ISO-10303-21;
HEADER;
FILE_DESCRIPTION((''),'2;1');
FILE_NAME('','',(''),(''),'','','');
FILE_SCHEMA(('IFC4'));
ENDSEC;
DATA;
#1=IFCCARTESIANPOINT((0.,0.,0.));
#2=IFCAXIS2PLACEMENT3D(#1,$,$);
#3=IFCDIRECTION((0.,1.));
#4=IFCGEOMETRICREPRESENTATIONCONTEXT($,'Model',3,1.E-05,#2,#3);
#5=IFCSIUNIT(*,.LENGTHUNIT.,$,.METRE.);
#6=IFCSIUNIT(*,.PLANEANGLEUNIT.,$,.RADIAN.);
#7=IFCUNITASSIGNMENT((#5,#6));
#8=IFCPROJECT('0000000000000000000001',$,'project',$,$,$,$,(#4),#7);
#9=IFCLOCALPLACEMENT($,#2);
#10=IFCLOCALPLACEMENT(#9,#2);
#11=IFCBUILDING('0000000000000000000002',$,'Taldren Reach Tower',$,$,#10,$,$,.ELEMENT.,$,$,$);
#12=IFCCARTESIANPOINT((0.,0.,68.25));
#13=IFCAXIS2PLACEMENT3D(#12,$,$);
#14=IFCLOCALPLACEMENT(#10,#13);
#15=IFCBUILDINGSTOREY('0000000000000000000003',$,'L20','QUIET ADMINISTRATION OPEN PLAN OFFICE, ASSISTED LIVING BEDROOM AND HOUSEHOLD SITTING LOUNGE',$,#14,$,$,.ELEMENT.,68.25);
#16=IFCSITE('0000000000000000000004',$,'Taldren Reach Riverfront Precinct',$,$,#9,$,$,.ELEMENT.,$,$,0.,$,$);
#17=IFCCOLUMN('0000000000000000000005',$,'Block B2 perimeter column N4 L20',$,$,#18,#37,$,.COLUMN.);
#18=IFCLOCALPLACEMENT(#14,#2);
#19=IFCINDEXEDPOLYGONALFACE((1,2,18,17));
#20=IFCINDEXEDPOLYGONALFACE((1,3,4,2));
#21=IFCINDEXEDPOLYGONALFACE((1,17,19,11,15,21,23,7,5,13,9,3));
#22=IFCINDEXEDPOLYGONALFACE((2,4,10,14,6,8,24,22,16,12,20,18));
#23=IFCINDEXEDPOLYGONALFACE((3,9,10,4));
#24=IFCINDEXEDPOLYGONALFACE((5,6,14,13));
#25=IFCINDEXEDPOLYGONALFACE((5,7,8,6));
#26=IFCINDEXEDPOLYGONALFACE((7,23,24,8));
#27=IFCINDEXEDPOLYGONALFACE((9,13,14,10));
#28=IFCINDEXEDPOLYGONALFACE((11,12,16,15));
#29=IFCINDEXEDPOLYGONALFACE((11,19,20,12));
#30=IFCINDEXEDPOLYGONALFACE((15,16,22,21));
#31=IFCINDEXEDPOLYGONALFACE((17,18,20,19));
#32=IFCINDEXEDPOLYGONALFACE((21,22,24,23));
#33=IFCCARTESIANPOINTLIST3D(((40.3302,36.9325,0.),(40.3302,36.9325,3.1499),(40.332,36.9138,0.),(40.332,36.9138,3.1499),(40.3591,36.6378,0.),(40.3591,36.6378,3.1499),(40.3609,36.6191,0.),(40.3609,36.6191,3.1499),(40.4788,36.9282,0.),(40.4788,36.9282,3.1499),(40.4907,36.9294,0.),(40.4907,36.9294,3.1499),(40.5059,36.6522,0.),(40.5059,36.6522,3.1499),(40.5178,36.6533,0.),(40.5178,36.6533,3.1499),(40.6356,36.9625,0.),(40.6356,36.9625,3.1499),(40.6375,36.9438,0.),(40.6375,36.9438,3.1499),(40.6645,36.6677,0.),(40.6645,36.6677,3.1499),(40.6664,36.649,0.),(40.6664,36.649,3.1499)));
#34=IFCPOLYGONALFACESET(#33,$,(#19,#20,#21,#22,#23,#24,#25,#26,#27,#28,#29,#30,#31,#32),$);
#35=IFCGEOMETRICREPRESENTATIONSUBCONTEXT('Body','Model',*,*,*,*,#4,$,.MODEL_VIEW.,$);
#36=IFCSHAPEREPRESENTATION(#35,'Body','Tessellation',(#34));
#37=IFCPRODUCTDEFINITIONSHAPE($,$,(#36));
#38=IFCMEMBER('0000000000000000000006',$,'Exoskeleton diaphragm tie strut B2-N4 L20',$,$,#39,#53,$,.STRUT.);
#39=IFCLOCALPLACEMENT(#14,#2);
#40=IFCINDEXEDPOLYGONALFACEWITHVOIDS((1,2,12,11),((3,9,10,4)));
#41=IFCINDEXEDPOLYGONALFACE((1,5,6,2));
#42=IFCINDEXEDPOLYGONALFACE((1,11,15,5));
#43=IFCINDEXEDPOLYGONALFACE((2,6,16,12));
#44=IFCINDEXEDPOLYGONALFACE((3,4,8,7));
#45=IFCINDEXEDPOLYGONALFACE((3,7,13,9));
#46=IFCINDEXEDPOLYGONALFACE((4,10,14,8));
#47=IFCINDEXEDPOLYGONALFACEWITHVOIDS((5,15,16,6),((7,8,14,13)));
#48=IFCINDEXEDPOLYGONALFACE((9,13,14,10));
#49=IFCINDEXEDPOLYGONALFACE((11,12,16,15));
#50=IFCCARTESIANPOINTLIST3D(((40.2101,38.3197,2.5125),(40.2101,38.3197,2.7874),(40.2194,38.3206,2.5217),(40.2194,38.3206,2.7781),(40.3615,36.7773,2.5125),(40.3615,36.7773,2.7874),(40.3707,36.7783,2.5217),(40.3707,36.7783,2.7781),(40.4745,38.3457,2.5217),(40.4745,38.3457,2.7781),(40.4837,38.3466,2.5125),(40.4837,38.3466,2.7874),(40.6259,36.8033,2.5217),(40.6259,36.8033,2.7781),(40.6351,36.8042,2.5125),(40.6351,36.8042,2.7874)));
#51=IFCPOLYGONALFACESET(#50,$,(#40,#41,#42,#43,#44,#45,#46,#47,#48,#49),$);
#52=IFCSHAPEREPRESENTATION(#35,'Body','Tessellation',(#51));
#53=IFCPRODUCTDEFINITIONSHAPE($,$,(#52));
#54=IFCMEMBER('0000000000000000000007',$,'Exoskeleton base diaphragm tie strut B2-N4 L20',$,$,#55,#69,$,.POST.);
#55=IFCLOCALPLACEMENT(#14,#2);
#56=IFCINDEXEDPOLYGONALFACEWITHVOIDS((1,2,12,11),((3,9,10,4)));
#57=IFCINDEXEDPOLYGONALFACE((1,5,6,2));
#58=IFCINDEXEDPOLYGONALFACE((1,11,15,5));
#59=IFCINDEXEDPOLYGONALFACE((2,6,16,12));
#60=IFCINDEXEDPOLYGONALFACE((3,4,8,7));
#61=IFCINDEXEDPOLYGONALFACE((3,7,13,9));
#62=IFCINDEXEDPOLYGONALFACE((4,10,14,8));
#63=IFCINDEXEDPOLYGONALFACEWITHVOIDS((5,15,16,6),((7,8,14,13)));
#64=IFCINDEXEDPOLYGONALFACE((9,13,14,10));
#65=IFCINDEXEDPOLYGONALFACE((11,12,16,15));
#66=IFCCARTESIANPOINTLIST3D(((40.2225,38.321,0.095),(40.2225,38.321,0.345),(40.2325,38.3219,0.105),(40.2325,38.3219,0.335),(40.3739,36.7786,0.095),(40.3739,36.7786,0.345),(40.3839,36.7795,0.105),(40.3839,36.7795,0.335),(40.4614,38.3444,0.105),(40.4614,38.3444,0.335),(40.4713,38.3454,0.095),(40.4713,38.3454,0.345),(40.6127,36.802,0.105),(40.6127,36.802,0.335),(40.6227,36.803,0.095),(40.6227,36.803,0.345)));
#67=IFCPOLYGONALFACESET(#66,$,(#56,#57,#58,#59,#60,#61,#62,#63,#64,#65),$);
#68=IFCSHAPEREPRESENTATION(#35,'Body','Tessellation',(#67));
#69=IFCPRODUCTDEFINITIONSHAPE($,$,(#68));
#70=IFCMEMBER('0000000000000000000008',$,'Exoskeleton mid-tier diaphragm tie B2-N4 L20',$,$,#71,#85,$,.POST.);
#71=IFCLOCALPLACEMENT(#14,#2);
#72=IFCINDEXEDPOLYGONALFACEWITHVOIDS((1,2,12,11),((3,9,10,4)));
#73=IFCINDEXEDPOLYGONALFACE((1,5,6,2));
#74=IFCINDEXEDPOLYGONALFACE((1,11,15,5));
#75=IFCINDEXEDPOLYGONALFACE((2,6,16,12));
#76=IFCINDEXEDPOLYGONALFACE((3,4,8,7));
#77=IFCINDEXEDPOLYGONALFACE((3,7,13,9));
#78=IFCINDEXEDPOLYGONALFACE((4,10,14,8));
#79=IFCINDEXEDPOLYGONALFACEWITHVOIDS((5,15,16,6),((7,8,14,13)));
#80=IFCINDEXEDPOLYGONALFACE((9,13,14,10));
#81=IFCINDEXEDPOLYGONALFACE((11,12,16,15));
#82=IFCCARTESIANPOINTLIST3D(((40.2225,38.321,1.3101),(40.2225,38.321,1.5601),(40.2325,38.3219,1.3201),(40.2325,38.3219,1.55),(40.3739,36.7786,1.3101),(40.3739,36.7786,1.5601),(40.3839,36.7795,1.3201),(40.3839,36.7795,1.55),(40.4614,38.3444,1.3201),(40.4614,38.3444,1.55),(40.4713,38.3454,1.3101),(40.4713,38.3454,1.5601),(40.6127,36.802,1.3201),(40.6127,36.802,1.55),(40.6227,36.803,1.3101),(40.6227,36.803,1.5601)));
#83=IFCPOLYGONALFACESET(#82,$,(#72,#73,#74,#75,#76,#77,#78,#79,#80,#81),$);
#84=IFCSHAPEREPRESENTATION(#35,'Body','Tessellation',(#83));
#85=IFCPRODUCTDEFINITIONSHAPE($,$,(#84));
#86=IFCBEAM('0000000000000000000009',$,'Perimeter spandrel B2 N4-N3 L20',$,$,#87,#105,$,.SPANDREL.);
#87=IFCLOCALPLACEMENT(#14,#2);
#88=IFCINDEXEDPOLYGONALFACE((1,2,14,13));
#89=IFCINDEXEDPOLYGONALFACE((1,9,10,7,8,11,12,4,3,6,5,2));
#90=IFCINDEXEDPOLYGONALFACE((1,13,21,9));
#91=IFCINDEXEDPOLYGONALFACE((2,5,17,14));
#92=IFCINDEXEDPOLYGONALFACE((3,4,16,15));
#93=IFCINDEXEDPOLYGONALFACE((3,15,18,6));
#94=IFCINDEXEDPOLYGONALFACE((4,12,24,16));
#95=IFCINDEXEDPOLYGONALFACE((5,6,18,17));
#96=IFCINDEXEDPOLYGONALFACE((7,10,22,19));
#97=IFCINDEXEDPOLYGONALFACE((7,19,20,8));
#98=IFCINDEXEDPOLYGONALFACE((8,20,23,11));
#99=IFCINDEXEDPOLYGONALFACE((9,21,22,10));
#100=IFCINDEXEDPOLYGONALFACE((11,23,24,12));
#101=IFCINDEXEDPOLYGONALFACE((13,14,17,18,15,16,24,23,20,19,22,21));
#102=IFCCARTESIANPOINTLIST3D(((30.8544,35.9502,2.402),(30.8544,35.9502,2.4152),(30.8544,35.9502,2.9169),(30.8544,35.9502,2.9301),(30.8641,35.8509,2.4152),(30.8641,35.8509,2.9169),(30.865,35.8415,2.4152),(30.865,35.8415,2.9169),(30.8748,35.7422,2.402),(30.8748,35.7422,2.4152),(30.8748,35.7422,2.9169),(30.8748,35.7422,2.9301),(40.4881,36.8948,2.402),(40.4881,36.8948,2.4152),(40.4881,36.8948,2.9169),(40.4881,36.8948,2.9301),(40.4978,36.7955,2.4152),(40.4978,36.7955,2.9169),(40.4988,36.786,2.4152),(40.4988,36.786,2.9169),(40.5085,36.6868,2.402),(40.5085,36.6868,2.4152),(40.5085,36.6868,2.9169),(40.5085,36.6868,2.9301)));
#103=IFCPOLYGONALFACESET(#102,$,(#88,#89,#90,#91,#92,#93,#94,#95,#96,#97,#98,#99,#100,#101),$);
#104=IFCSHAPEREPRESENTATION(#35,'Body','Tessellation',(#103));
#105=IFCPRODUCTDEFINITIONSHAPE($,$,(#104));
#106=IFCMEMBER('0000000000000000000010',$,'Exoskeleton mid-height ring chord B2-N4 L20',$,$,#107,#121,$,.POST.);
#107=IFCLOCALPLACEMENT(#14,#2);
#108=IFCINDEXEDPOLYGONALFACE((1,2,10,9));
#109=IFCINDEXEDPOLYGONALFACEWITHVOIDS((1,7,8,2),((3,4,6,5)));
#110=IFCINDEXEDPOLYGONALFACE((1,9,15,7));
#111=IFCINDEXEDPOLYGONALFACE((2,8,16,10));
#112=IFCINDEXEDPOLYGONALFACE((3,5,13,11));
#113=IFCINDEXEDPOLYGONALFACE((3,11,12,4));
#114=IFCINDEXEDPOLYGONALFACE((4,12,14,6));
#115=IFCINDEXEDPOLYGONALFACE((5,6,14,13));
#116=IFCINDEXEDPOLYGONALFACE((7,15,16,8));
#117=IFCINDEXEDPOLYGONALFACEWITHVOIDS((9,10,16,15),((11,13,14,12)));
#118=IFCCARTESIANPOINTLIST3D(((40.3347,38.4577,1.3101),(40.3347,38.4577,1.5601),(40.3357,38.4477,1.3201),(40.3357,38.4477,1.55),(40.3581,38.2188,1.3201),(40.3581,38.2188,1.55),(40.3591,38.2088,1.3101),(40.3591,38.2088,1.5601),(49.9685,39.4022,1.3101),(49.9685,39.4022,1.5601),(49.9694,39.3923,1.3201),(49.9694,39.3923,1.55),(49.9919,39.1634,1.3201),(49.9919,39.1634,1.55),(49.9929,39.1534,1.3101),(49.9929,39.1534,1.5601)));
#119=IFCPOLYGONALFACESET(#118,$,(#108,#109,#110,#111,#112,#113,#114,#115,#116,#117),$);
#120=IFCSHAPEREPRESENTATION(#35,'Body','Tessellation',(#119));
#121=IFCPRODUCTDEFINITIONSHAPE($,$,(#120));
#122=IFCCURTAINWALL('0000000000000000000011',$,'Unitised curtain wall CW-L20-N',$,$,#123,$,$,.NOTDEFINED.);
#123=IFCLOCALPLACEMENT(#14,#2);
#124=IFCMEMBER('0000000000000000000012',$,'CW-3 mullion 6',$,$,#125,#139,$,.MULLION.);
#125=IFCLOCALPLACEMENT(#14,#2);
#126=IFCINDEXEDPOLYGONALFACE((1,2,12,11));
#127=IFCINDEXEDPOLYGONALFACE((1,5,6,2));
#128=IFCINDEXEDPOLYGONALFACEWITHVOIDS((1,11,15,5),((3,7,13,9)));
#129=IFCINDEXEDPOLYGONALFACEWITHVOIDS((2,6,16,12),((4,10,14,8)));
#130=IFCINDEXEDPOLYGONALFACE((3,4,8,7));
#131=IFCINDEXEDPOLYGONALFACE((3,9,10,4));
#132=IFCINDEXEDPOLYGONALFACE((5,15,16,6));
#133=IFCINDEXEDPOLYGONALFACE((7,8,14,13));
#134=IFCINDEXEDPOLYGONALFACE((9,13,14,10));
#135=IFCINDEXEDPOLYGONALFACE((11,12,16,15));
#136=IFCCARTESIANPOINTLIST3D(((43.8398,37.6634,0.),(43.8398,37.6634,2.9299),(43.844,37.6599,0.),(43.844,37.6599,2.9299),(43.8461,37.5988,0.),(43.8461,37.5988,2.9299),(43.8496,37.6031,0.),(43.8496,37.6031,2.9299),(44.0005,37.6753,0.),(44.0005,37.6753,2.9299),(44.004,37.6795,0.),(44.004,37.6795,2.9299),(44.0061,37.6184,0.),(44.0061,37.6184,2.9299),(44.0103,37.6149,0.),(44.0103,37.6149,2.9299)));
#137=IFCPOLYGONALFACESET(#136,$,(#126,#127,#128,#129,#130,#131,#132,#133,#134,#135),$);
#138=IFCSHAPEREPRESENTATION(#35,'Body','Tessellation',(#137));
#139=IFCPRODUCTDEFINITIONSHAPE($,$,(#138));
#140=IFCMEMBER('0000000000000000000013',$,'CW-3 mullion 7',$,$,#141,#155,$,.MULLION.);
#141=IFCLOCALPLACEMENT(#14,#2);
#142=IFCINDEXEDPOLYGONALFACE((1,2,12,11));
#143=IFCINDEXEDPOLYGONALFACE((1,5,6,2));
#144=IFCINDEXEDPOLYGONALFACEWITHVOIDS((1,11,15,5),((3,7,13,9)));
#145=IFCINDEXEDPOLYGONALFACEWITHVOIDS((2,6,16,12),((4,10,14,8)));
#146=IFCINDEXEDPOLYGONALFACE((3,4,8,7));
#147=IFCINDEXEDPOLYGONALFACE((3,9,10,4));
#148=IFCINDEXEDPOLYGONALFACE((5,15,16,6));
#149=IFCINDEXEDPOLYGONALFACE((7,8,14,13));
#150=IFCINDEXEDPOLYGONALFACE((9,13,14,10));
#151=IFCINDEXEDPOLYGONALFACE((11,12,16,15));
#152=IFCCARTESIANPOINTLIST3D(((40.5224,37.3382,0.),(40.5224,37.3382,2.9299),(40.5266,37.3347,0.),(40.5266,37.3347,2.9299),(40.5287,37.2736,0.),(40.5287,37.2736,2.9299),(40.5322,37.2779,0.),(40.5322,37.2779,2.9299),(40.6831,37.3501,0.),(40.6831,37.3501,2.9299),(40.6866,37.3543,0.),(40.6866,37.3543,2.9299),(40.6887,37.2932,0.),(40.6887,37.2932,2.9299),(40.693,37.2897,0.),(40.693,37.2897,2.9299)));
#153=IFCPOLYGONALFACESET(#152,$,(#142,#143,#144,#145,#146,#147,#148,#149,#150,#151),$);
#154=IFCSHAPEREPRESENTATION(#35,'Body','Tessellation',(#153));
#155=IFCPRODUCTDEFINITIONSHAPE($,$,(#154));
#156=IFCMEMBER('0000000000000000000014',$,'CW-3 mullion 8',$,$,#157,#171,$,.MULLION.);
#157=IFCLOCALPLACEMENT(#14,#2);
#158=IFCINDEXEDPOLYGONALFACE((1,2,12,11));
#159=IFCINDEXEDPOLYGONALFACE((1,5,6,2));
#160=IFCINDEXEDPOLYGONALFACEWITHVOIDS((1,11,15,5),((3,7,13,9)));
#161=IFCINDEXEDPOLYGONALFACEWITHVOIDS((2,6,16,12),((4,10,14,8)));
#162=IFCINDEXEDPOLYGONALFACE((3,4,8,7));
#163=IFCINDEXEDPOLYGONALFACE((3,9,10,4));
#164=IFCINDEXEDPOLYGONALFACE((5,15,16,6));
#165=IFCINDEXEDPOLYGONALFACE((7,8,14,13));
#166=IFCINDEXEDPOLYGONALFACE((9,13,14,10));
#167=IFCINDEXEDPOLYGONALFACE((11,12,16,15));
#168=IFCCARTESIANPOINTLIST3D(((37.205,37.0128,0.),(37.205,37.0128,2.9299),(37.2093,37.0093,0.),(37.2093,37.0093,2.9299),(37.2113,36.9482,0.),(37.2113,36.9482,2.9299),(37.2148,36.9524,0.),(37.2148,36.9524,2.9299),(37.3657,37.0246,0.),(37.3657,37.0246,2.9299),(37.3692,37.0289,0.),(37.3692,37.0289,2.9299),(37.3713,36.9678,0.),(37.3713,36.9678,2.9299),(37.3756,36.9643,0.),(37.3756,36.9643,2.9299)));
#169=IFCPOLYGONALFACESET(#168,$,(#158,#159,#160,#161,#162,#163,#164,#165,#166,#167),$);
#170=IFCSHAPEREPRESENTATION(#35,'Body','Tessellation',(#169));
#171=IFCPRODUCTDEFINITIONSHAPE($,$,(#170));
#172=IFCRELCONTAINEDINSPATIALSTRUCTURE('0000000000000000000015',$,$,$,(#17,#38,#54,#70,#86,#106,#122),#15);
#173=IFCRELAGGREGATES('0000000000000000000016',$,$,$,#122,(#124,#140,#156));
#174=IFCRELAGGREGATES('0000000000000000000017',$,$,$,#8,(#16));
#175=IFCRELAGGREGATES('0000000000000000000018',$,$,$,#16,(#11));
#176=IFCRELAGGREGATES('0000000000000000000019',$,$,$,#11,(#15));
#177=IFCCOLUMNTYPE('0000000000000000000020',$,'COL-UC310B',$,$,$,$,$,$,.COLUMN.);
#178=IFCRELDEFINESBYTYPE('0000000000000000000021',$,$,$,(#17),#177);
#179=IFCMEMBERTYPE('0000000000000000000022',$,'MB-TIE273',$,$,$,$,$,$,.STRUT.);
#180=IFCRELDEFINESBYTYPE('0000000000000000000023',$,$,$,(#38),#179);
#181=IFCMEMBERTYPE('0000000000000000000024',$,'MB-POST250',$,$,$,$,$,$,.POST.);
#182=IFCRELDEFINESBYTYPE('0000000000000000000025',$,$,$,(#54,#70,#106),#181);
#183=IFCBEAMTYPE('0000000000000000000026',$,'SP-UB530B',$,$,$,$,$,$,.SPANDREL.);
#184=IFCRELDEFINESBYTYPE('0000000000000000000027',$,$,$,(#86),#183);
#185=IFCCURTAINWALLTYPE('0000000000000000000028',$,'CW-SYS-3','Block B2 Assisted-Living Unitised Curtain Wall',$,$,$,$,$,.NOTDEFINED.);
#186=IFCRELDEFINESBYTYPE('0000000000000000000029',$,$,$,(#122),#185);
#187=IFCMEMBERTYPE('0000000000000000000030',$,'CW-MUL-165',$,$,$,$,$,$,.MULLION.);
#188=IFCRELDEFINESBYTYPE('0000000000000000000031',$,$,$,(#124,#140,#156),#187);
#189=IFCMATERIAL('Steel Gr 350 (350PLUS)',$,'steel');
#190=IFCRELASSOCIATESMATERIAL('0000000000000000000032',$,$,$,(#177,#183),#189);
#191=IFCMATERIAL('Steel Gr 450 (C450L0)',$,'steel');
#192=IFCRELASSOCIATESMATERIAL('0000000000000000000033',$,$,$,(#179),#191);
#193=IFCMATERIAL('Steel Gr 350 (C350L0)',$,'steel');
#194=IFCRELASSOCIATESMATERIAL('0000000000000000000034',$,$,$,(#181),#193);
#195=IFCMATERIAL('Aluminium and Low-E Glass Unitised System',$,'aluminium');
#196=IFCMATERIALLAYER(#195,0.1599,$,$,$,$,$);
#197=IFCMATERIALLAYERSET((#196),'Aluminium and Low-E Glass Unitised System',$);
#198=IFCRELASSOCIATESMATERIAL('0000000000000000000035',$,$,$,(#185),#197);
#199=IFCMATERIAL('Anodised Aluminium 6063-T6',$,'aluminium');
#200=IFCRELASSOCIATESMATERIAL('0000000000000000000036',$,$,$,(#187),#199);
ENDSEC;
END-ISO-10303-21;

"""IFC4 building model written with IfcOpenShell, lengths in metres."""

from ifc_helpers import new_model, si_unit, direction, frame, origin, origin_2d, place, context, subcontext, project, spatial, hollow_rectangle, i_section, extrude, source, transform, mapped, material, layer, layer_set, material_profile, profile_set, type_object, element, aggregate, save


model = new_model("IFC4")

# Units and contexts
model_context = context("Model", 3, precision=1e-05, world=origin(), true_north=direction((0.0, 1.0)))
body_context = subcontext(model_context, "Body", "Model", "MODEL_VIEW")
ifc_project = project(units=[si_unit("LENGTHUNIT", "METRE"), si_unit("PLANEANGLEUNIT", "RADIAN")], contexts=[model_context])

# Site, building, storey
site_placement = place(None, origin())
site = spatial("IfcSite", under=ifc_project, at=site_placement, Name="Taldren Reach Riverfront Precinct", CompositionType="ELEMENT", RefElevation=0.0)
building_placement = place(site_placement, origin())
building = spatial("IfcBuilding", under=site, at=building_placement, Name="Taldren Reach Tower", CompositionType="ELEMENT")
storey_placement = place(building_placement, frame((0.0, 0.0, 68.25)))
storey = spatial("IfcBuildingStorey", under=building, at=storey_placement, Name="L20", Description="QUIET ADMINISTRATION OPEN PLAN OFFICE, ASSISTED LIVING BEDROOM AND HOUSEHOLD SITTING LOUNGE", CompositionType="ELEMENT", Elevation=68.25)

# Column
ifc_material_1 = material(Name="Steel Gr 350 (350PLUS)", Category="steel")
ifc_material_profile_1 = material_profile(ifc_material_1, i_section(OverallWidth=0.3069, OverallDepth=0.3149, WebThickness=0.012, FlangeThickness=0.0188, at=origin_2d()), Name="310UC118")
ifc_profile_set_1 = profile_set([ifc_material_profile_1], Name="Steel Gr 350 (350PLUS)")
column_type = type_object("IfcColumnType", Name="COL-UC310B", PredefinedType="COLUMN", material=ifc_profile_set_1)
shared_shape_1 = source(origin(), body_context, "Body", "SweptSolid", [
    extrude(i_section(OverallWidth=0.3069, OverallDepth=0.3149, WebThickness=0.012, FlangeThickness=0.0188, at=origin_2d()), origin(), (0.0, 0.0, 1.0), 3.1499),
])
column_placement = place(storey_placement, frame((40.4983, 36.7908, 0.0), z_axis=(0.0, 0.0, 1.0), x_axis=(0.995227, 0.097583, 0.0)))
element("IfcColumn", 1, at=column_placement, inside=storey, type_object=column_type, Name="Block B2 perimeter column N4 L20", PredefinedType="COLUMN", context=body_context, shape_type="MappedRepresentation", body=[
    mapped(shared_shape_1, transform((0.0, 0.0, 0.0), scale=1.0)),
])

# Members
ifc_material_2 = material(Name="Steel Gr 450 (C450L0)", Category="steel")
ifc_material_profile_2 = material_profile(ifc_material_2, hollow_rectangle(XDim=0.2749, YDim=0.2749, WallThickness=0.0093, at=origin_2d()), Name="275x275x9.3SHS")
ifc_profile_set_2 = profile_set([ifc_material_profile_2], Name="Steel Gr 450 (C450L0)")
member_type_1 = type_object("IfcMemberType", Name="MB-TIE273", PredefinedType="STRUT", material=ifc_profile_set_2)
shared_shape_2 = source(origin(), body_context, "Body", "SweptSolid", [
    extrude(hollow_rectangle(XDim=0.2749, YDim=0.2749, WallThickness=0.0093, at=origin_2d()), origin(), (0.0, 0.0, 1.0), 1.5498),
])
member_1_placement = place(storey_placement, frame((40.4983, 36.7908, 2.6499), z_axis=(-0.097663, 0.99522, 0.0), x_axis=(-0.99522, -0.097663, 0.0)))
element("IfcMember", 2, at=member_1_placement, inside=storey, type_object=member_type_1, Name="Exoskeleton diaphragm tie strut B2-N4 L20", PredefinedType="STRUT", context=body_context, shape_type="MappedRepresentation", body=[
    mapped(shared_shape_2, transform((0.0, 0.0, 0.0), scale=1.0)),
])
ifc_material_3 = material(Name="Steel Gr 350 (C350L0)", Category="steel")
ifc_material_profile_3 = material_profile(ifc_material_3, hollow_rectangle(XDim=0.25, YDim=0.25, WallThickness=0.01, at=origin_2d()), Name="250x250x10.0SHS")
ifc_profile_set_3 = profile_set([ifc_material_profile_3], Name="Steel Gr 350 (C350L0)")
member_type_2 = type_object("IfcMemberType", Name="MB-POST250", PredefinedType="POST", material=ifc_profile_set_3)
shared_shape_3 = source(origin(), body_context, "Body", "SweptSolid", [
    extrude(hollow_rectangle(XDim=0.25, YDim=0.25, WallThickness=0.01, at=origin_2d()), origin(), (0.0, 0.0, 1.0), 1.5498),
])
for number, where, z_axis, x_axis, name in (
    (3, (40.4983, 36.7908, 0.22), (-0.097663, 0.99522, 0.0), (-0.99522, -0.097663, 0.0), "Exoskeleton base diaphragm tie strut B2-N4 L20"),
    (4, (40.4983, 36.7908, 1.4351), (-0.097663, 0.99522, 0.0), (-0.99522, -0.097663, 0.0), "Exoskeleton mid-tier diaphragm tie B2-N4 L20"),
):
    element("IfcMember", number, at=place(storey_placement, frame(where, z_axis=z_axis, x_axis=x_axis)), inside=storey, type_object=member_type_2, Name=name, PredefinedType="POST", context=body_context, shape_type="MappedRepresentation", body=[
        mapped(shared_shape_3, transform((0.0, 0.0, 0.0), scale=1.0)),
    ])

# Beam
ifc_material_profile_4 = material_profile(ifc_material_1, i_section(OverallWidth=0.209, OverallDepth=0.5281, WebThickness=0.0095, FlangeThickness=0.0132, at=origin_2d()), Name="530UB82.0")
ifc_profile_set_4 = profile_set([ifc_material_profile_4], Name="Steel Gr 350 (350PLUS)")
beam_type = type_object("IfcBeamType", Name="SP-UB530B", PredefinedType="SPANDREL", material=ifc_profile_set_4)
shared_shape_4 = source(origin(), body_context, "Body", "SweptSolid", [
    extrude(i_section(OverallWidth=0.209, OverallDepth=0.5281, WebThickness=0.0095, FlangeThickness=0.0132, at=origin_2d()), origin(), (0.0, 0.0, 1.0), 9.6799),
])
beam_placement = place(storey_placement, frame((40.4983, 36.7908, 2.666), z_axis=(-0.995228, -0.097581, 0.0), x_axis=(0.097581, -0.995228, 0.0)))
element("IfcBeam", 5, at=beam_placement, inside=storey, type_object=beam_type, Name="Perimeter spandrel B2 N4-N3 L20", PredefinedType="SPANDREL", context=body_context, shape_type="MappedRepresentation", body=[
    mapped(shared_shape_4, transform((0.0, 0.0, 0.0), scale=1.0)),
])

# Member
shared_shape_5 = source(origin(), body_context, "Body", "SweptSolid", [
    extrude(hollow_rectangle(XDim=0.25, YDim=0.25, WallThickness=0.01, at=origin_2d()), origin(), (0.0, 0.0, 1.0), 9.6799),
])
member_2_placement = place(storey_placement, frame((40.3469, 38.3333, 1.4351), z_axis=(0.995228, 0.097581, 0.0), x_axis=(-0.097581, 0.995228, 0.0)))
element("IfcMember", 6, at=member_2_placement, inside=storey, type_object=member_type_2, Name="Exoskeleton mid-height ring chord B2-N4 L20", PredefinedType="POST", context=body_context, shape_type="MappedRepresentation", body=[
    mapped(shared_shape_5, transform((0.0, 0.0, 0.0), scale=1.0)),
])

# Curtain wall, members
ifc_material_4 = material(Name="Aluminium and Low-E Glass Unitised System", Category="aluminium")
ifc_layer_1 = layer(ifc_material_4, 0.1599)
ifc_layer_set_1 = layer_set([ifc_layer_1], Name="Aluminium and Low-E Glass Unitised System")
curtain_wall_type = type_object("IfcCurtainWallType", Name="CW-SYS-3", Description="Block B2 Assisted-Living Unitised Curtain Wall", PredefinedType="NOTDEFINED", material=ifc_layer_set_1)
curtain_wall_placement = place(storey_placement, origin())
curtain_wall = element("IfcCurtainWall", 7, at=curtain_wall_placement, inside=storey, type_object=curtain_wall_type, Name="Unitised curtain wall CW-L20-N", PredefinedType="NOTDEFINED")
ifc_material_5 = material(Name="Anodised Aluminium 6063-T6", Category="aluminium")
ifc_material_profile_5 = material_profile(ifc_material_5, hollow_rectangle(XDim=0.0649, YDim=0.165, WallThickness=0.0039, at=origin_2d()), Name="ALU-165x65x4RHS")
ifc_profile_set_5 = profile_set([ifc_material_profile_5], Name="Anodised Aluminium 6063-T6")
member_type_3 = type_object("IfcMemberType", Name="CW-MUL-165", PredefinedType="MULLION", material=ifc_profile_set_5)
shared_shape_6 = source(origin(), body_context, "Body", "SweptSolid", [
    extrude(hollow_rectangle(XDim=0.0649, YDim=0.165, WallThickness=0.0039, at=origin_2d()), origin(), (0.0, 0.0, 1.0), 2.9299),
])
member_3_placement = place(storey_placement, frame((43.925, 37.6392, 0.0), z_axis=(0.0, 0.0, 1.0), x_axis=(0.097583, -0.995227, 0.0)))
member_3 = element("IfcMember", 8, at=member_3_placement, type_object=member_type_3, Name="CW-3 mullion 6", PredefinedType="MULLION", context=body_context, shape_type="MappedRepresentation", body=[
    mapped(shared_shape_6, transform((0.0, 0.0, 0.0), scale=1.0)),
])
member_4_placement = place(storey_placement, frame((40.6077, 37.314, 0.0), z_axis=(0.0, 0.0, 1.0), x_axis=(0.097583, -0.995227, 0.0)))
member_4 = element("IfcMember", 9, at=member_4_placement, type_object=member_type_3, Name="CW-3 mullion 7", PredefinedType="MULLION", context=body_context, shape_type="MappedRepresentation", body=[
    mapped(shared_shape_6, transform((0.0, 0.0, 0.0), scale=1.0)),
])
member_5_placement = place(storey_placement, frame((37.2903, 36.9885, 0.0), z_axis=(0.0, 0.0, 1.0), x_axis=(0.097583, -0.995227, 0.0)))
member_5 = element("IfcMember", 10, at=member_5_placement, type_object=member_type_3, Name="CW-3 mullion 8", PredefinedType="MULLION", context=body_context, shape_type="MappedRepresentation", body=[
    mapped(shared_shape_6, transform((0.0, 0.0, 0.0), scale=1.0)),
])

aggregate(curtain_wall, [member_3, member_4, member_5])

save(model, "model.ifc")
